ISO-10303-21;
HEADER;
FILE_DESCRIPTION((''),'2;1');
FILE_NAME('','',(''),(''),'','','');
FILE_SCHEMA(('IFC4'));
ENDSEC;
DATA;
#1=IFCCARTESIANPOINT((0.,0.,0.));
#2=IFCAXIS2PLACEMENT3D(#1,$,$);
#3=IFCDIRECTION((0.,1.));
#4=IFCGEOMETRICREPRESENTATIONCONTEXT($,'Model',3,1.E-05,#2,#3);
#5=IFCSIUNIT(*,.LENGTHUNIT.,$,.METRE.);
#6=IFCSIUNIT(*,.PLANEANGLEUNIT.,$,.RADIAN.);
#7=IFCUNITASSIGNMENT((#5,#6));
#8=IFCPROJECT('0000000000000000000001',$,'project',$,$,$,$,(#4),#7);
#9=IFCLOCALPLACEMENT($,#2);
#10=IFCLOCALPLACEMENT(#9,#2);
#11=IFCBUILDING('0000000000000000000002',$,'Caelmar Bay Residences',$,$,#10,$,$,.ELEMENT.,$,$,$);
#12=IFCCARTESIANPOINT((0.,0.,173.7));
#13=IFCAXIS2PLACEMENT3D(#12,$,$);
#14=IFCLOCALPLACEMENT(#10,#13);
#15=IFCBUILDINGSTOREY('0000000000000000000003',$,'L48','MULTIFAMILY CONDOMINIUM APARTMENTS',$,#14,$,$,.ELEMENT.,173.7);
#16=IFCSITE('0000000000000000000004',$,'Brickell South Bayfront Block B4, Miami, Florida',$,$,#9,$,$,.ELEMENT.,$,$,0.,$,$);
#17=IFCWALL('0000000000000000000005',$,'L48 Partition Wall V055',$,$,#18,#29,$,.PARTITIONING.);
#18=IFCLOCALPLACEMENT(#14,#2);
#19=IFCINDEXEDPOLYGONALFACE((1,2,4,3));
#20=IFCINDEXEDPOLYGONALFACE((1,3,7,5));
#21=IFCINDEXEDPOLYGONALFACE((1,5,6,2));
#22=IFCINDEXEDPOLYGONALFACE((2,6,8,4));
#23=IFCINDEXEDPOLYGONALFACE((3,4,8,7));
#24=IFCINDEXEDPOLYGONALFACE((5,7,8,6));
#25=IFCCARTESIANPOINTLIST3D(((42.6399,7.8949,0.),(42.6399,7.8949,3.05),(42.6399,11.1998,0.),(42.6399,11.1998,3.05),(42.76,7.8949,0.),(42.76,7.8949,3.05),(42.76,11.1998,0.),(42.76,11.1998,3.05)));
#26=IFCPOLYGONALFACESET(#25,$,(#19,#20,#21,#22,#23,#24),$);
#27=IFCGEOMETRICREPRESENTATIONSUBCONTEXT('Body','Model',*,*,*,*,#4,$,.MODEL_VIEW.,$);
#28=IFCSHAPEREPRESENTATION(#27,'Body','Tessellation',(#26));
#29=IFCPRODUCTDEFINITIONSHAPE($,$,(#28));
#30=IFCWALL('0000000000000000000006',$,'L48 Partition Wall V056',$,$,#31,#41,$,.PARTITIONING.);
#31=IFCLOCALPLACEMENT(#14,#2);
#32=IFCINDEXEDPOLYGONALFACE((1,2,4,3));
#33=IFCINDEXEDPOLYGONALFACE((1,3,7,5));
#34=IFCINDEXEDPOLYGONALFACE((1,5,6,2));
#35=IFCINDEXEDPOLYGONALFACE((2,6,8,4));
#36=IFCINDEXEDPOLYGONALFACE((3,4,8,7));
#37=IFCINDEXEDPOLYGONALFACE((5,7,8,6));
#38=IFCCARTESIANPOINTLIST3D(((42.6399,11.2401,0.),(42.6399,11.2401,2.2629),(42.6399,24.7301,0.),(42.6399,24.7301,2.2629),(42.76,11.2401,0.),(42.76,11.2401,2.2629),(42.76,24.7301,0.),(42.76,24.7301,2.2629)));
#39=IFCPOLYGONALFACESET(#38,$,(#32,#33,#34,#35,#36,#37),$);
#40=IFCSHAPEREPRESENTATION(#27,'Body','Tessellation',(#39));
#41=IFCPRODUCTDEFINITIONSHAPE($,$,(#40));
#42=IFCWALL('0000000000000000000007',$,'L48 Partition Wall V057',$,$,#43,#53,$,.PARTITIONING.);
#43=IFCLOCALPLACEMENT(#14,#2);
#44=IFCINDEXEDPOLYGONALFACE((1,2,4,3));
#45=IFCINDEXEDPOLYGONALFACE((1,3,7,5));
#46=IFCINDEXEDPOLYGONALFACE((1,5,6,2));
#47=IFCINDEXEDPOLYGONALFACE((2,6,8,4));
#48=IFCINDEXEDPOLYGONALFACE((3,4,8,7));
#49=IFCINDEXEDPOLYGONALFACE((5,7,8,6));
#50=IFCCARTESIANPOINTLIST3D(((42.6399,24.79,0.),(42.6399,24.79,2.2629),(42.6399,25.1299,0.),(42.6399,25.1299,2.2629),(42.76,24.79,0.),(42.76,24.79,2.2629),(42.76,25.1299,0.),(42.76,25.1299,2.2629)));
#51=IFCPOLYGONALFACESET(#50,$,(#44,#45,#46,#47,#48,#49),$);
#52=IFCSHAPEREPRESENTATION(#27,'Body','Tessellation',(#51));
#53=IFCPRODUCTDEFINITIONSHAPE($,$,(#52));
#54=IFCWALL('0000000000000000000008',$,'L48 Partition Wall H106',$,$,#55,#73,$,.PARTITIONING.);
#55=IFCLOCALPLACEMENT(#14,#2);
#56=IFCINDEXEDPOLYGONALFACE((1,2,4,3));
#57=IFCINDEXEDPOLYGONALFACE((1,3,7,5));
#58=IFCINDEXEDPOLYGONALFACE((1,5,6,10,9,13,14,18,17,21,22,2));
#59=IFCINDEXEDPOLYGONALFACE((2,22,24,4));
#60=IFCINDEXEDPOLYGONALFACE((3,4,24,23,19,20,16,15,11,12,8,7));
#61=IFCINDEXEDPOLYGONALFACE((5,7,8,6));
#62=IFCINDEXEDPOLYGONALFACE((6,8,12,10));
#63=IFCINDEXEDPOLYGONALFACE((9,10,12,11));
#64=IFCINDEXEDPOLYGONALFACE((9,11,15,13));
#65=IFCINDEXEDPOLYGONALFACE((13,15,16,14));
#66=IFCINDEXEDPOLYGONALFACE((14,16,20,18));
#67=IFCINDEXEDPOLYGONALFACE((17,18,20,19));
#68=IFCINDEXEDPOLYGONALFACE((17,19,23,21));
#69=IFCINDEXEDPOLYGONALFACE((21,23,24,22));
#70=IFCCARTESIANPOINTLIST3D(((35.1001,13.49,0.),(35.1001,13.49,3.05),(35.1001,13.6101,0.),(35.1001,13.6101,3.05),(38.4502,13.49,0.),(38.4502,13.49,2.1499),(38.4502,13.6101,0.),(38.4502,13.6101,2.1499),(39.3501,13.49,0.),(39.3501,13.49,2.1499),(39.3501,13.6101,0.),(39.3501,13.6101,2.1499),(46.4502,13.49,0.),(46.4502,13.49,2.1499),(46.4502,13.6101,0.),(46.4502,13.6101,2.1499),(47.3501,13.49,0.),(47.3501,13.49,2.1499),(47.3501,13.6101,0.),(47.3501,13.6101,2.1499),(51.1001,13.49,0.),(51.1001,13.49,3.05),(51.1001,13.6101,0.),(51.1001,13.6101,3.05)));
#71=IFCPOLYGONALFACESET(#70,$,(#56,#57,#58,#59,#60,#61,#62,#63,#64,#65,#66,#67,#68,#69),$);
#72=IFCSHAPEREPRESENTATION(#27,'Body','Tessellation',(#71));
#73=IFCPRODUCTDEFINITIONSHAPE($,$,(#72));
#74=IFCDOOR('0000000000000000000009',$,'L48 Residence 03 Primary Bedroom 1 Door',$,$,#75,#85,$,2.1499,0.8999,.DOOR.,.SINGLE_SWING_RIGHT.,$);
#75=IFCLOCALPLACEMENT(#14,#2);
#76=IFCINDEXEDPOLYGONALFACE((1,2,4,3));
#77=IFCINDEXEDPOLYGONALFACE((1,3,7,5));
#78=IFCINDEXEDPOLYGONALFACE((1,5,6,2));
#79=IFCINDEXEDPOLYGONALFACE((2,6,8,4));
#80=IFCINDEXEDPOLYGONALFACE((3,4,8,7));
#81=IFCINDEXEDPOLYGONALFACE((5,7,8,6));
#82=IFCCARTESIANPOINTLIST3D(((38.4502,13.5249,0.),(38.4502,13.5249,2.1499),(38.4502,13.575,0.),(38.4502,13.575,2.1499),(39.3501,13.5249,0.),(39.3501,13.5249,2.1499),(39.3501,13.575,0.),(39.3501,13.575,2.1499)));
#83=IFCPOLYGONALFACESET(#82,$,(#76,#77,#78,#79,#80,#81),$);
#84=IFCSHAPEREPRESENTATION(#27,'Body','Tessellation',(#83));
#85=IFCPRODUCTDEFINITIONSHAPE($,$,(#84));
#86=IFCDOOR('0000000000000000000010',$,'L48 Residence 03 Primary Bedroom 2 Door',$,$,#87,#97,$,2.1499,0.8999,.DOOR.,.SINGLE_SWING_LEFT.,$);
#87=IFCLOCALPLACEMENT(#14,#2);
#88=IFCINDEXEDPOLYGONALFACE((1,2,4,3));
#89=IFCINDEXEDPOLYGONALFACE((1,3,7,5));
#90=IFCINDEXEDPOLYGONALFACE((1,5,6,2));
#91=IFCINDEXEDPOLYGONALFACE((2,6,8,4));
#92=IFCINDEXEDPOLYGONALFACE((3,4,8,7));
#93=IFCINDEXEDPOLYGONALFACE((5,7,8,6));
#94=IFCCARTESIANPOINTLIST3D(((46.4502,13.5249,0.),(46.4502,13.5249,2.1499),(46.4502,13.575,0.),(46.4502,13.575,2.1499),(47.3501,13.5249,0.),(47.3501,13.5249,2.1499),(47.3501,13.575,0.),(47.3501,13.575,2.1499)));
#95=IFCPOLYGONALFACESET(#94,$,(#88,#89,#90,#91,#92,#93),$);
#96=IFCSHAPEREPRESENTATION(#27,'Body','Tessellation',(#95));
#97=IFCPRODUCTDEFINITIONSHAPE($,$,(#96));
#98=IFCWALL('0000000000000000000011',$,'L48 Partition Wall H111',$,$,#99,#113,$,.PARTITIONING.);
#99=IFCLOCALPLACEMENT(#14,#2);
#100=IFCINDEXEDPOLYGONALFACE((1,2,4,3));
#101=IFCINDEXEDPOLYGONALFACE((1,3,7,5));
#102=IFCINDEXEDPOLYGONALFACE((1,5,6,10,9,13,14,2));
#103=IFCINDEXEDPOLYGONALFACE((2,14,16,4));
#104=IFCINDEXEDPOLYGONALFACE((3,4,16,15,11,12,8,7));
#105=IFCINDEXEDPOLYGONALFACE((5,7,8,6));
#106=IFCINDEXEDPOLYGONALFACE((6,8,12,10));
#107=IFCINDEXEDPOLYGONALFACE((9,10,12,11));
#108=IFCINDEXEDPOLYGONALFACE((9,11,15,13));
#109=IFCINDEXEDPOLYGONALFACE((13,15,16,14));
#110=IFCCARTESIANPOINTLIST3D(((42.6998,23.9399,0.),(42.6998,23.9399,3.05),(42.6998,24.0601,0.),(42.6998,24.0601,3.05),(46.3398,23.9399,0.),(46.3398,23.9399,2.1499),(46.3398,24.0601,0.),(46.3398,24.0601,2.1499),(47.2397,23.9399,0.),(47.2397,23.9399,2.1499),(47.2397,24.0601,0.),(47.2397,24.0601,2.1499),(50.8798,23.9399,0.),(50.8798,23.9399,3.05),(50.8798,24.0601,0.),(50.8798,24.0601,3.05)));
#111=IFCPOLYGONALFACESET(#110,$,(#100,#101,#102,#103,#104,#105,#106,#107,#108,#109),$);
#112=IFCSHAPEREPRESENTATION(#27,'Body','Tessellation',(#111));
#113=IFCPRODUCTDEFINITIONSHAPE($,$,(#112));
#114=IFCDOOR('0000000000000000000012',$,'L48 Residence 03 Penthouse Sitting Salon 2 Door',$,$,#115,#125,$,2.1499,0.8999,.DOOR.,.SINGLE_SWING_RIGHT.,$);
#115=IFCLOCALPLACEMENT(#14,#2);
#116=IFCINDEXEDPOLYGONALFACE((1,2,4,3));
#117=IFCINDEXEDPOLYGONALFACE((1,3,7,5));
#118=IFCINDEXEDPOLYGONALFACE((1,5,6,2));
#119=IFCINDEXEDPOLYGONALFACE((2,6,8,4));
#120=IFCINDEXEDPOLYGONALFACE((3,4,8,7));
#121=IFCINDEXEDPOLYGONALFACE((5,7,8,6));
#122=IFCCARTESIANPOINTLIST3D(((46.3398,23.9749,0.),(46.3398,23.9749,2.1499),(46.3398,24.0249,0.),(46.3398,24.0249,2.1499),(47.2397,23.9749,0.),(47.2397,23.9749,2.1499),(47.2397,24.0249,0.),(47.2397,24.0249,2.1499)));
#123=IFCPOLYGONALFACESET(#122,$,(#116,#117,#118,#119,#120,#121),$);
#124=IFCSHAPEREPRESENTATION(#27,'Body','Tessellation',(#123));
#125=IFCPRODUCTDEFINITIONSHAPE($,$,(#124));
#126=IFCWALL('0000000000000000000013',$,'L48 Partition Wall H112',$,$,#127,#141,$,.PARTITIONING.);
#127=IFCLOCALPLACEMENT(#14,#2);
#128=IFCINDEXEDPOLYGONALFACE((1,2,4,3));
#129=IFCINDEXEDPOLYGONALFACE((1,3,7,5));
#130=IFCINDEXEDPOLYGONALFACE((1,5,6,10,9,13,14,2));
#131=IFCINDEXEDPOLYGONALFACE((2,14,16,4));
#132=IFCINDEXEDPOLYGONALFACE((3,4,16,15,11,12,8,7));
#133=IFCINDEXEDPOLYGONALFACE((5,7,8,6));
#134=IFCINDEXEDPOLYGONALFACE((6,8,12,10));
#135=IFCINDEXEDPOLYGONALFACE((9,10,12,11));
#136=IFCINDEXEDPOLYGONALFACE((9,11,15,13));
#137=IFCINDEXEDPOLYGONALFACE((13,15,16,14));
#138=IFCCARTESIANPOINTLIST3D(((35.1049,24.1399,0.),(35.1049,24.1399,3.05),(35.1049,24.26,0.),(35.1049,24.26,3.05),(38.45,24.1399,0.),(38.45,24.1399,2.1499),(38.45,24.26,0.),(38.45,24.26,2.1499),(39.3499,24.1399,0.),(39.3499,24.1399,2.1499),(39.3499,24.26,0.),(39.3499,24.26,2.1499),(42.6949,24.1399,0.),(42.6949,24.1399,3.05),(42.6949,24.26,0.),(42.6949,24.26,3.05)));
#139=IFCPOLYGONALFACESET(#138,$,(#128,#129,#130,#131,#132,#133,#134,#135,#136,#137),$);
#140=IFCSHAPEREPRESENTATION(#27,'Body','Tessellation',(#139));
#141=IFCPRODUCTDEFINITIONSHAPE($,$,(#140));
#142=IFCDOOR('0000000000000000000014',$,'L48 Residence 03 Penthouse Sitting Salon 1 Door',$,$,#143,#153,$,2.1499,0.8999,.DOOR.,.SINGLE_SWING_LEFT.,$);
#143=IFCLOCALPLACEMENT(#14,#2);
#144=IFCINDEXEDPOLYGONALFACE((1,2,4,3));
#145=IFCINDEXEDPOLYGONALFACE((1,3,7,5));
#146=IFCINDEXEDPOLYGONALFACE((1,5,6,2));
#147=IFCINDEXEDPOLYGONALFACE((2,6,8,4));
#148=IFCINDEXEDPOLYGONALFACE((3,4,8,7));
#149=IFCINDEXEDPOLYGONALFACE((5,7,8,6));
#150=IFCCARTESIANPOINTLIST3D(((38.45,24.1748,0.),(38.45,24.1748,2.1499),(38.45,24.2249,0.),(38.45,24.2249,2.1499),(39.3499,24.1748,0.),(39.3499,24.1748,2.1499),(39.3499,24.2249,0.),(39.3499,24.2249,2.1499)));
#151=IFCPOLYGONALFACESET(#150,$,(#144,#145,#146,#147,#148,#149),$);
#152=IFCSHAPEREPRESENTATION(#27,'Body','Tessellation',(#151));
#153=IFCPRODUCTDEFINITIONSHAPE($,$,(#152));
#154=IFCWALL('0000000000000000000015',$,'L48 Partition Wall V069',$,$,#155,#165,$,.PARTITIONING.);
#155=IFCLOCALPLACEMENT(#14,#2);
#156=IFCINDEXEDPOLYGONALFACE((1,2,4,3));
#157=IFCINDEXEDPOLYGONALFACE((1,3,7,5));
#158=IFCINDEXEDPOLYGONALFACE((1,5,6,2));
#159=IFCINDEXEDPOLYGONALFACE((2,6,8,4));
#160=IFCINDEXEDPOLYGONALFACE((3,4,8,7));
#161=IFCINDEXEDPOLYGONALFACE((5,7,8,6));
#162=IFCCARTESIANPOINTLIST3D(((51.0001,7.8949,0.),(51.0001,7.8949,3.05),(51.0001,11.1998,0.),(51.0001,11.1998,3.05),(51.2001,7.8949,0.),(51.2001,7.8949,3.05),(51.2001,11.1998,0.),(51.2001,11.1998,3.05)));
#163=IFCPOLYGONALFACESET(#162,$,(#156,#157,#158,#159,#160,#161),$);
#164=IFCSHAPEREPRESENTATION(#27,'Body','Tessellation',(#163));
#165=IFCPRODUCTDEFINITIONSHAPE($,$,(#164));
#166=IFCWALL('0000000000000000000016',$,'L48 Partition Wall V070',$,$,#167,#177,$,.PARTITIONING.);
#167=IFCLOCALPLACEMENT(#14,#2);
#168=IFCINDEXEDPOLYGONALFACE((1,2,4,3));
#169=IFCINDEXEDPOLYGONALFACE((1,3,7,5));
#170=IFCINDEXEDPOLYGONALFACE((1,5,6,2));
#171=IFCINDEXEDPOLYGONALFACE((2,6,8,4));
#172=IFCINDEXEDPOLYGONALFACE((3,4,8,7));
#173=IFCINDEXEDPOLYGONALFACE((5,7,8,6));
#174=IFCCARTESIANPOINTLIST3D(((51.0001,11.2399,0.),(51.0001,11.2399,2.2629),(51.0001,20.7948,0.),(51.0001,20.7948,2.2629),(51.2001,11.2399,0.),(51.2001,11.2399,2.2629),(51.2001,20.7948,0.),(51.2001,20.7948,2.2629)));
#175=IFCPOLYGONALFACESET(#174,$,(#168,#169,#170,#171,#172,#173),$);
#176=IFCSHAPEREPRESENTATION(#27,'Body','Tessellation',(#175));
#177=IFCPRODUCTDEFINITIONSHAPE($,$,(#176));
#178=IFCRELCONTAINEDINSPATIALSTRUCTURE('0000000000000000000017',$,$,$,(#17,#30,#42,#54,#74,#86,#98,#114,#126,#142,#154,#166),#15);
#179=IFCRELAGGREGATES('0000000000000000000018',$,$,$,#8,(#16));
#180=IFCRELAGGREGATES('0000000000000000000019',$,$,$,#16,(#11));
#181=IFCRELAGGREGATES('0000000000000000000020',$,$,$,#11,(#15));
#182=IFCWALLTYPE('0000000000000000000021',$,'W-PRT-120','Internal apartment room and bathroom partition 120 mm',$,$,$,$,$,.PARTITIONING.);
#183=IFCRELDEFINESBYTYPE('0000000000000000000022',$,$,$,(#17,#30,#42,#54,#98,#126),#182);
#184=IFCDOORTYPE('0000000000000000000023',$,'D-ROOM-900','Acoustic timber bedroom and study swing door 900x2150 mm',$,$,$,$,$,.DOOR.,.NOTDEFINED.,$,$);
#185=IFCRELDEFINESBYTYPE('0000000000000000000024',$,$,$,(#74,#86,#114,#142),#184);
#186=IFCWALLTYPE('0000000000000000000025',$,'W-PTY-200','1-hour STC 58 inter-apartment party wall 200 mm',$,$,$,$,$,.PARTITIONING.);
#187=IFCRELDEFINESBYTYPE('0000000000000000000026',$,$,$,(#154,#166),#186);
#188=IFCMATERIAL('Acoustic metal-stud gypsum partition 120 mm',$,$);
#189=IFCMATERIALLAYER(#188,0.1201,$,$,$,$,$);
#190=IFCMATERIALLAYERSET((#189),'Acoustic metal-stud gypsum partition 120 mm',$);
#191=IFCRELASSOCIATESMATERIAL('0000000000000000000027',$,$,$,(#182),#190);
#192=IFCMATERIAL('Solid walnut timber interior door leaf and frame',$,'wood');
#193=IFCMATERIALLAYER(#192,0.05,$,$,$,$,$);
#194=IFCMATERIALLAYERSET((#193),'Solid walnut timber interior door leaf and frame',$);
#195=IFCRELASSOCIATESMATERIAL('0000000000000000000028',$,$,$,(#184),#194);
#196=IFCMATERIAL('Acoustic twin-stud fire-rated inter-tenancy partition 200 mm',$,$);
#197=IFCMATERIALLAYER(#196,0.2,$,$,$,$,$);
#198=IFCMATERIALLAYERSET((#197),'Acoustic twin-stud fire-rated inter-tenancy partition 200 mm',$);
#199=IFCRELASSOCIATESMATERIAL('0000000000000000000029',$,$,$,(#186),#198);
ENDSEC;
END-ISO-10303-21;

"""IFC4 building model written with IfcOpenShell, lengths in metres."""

from ifc_helpers import new_model, si_unit, direction, frame, frame_2d, origin, place, context, subcontext, project, spatial, rectangle, extrude, material, layer, layer_set, type_object, element, fill, save


model = new_model("IFC4")

# Units and contexts
model_context = context("Model", 3, precision=1e-05, world=origin(), true_north=direction((0.0, 1.0)))
body_context = subcontext(model_context, "Body", "Model", "MODEL_VIEW")
ifc_project = project(units=[si_unit("LENGTHUNIT", "METRE"), si_unit("PLANEANGLEUNIT", "RADIAN")], contexts=[model_context])

# Site, building, storey
site_placement = place(None, origin())
site = spatial("IfcSite", under=ifc_project, at=site_placement, Name="Brickell South Bayfront Block B4, Miami, Florida", CompositionType="ELEMENT", RefElevation=0.0)
building_placement = place(site_placement, origin())
building = spatial("IfcBuilding", under=site, at=building_placement, Name="Caelmar Bay Residences", CompositionType="ELEMENT")
storey_placement = place(building_placement, frame((0.0, 0.0, 173.7)))
storey = spatial("IfcBuildingStorey", under=building, at=storey_placement, Name="L48", Description="MULTIFAMILY CONDOMINIUM APARTMENTS", CompositionType="ELEMENT", Elevation=173.7)

# Walls
ifc_material_1 = material(Name="Acoustic metal-stud gypsum partition 120 mm")
ifc_layer_1 = layer(ifc_material_1, 0.1201)
ifc_layer_set_1 = layer_set([ifc_layer_1], Name="Acoustic metal-stud gypsum partition 120 mm")
wall_type_1 = type_object("IfcWallType", Name="W-PRT-120", Description="Internal apartment room and bathroom partition 120 mm", PredefinedType="PARTITIONING", material=ifc_layer_set_1)
wall_1_placement = place(storey_placement, frame((42.7, 7.895, 0.0), z_axis=(0.0, 0.0, 1.0), x_axis=(0.0, 1.0, 0.0)))
element("IfcWall", 1, at=wall_1_placement, inside=storey, type_object=wall_type_1, Name="L48 Partition Wall V055", PredefinedType="PARTITIONING", context=body_context, shape_type="SweptSolid", body=[
    extrude(rectangle(XDim=3.3049, YDim=0.1201, at=frame_2d((1.6523, 0.0))), origin(), (0.0, 0.0, 1.0), 3.05),
])
wall_2_placement = place(storey_placement, frame((42.7, 11.24, 0.0), z_axis=(0.0, 0.0, 1.0), x_axis=(0.0, 1.0, 0.0)))
element("IfcWall", 2, at=wall_2_placement, inside=storey, type_object=wall_type_1, Name="L48 Partition Wall V056", PredefinedType="PARTITIONING", context=body_context, shape_type="SweptSolid", body=[
    extrude(rectangle(XDim=13.49, YDim=0.1201, at=frame_2d((6.7451, 0.0))), origin(), (0.0, 0.0, 1.0), 2.2629),
])
wall_3_placement = place(storey_placement, frame((42.7, 24.79, 0.0), z_axis=(0.0, 0.0, 1.0), x_axis=(0.0, 1.0, 0.0)))
element("IfcWall", 3, at=wall_3_placement, inside=storey, type_object=wall_type_1, Name="L48 Partition Wall V057", PredefinedType="PARTITIONING", context=body_context, shape_type="SweptSolid", body=[
    extrude(rectangle(XDim=0.3398, YDim=0.1201, at=frame_2d((0.1699, 0.0))), origin(), (0.0, 0.0, 1.0), 2.2629),
])

# Wall, openings, doors
wall_4_placement = place(storey_placement, frame((35.1001, 13.55, 0.0), z_axis=(0.0, 0.0, 1.0), x_axis=(1.0, 0.0, 0.0)))
wall_4 = element("IfcWall", 4, at=wall_4_placement, inside=storey, type_object=wall_type_1, Name="L48 Partition Wall H106", PredefinedType="PARTITIONING", context=body_context, shape_type="SweptSolid", body=[
    extrude(rectangle(XDim=16.0, YDim=0.1201, at=frame_2d((8.0, 0.0))), origin(), (0.0, 0.0, 1.0), 3.05),
])
opening_1_placement = place(wall_4_placement, frame((3.3501, 0.0, 0.0)))
opening_1 = element("IfcOpeningElement", 5, at=opening_1_placement, cuts=wall_4, PredefinedType="OPENING", context=body_context, shape_type="SweptSolid", body=[
    extrude(rectangle(XDim=0.8999, YDim=2.1499, at=frame_2d((0.45, 1.075))), frame((0.0, 0.0701, 0.0), z_axis=(0.0, -1.0, 0.0), x_axis=(1.0, 0.0, 0.0)), (0.0, 0.0, 1.0), 0.1401),
])
opening_2_placement = place(wall_4_placement, frame((11.3501, 0.0, 0.0)))
opening_2 = element("IfcOpeningElement", 6, at=opening_2_placement, cuts=wall_4, PredefinedType="OPENING", context=body_context, shape_type="SweptSolid", body=[
    extrude(rectangle(XDim=0.8999, YDim=2.1499, at=frame_2d((0.45, 1.075))), frame((0.0, 0.0701, 0.0), z_axis=(0.0, -1.0, 0.0), x_axis=(1.0, 0.0, 0.0)), (0.0, 0.0, 1.0), 0.1401),
])
ifc_material_2 = material(Name="Solid walnut timber interior door leaf and frame", Category="wood")
ifc_layer_2 = layer(ifc_material_2, 0.05)
ifc_layer_set_2 = layer_set([ifc_layer_2], Name="Solid walnut timber interior door leaf and frame")
door_type = type_object("IfcDoorType", Name="D-ROOM-900", Description="Acoustic timber bedroom and study swing door 900x2150 mm", OperationType="NOTDEFINED", PredefinedType="DOOR", material=ifc_layer_set_2)
door_1_placement = place(opening_1_placement, origin())
door_1 = element("IfcDoor", 7, at=door_1_placement, inside=storey, type_object=door_type, Name="L48 Residence 03 Primary Bedroom 1 Door", OperationType="SINGLE_SWING_RIGHT", OverallHeight=2.1499, OverallWidth=0.8999, PredefinedType="DOOR", context=body_context, shape_type="SweptSolid", body=[
    extrude(rectangle(XDim=0.8999, YDim=2.1499, at=frame_2d((0.45, 1.075))), frame((0.0, 0.0249, 0.0), z_axis=(0.0, -1.0, 0.0), x_axis=(1.0, 0.0, 0.0)), (0.0, 0.0, 1.0), 0.05),
])
fill(opening_1, door_1)
door_2_placement = place(opening_2_placement, origin())
door_2 = element("IfcDoor", 8, at=door_2_placement, inside=storey, type_object=door_type, Name="L48 Residence 03 Primary Bedroom 2 Door", OperationType="SINGLE_SWING_LEFT", OverallHeight=2.1499, OverallWidth=0.8999, PredefinedType="DOOR", context=body_context, shape_type="SweptSolid", body=[
    extrude(rectangle(XDim=0.8999, YDim=2.1499, at=frame_2d((0.45, 1.075))), frame((0.0, 0.0249, 0.0), z_axis=(0.0, -1.0, 0.0), x_axis=(1.0, 0.0, 0.0)), (0.0, 0.0, 1.0), 0.05),
])
fill(opening_2, door_2)

# Walls, openings, doors
wall_5_placement = place(storey_placement, frame((42.7, 24.0, 0.0), z_axis=(0.0, 0.0, 1.0), x_axis=(1.0, 0.0, 0.0)))
wall_5 = element("IfcWall", 9, at=wall_5_placement, inside=storey, type_object=wall_type_1, Name="L48 Partition Wall H111", PredefinedType="PARTITIONING", context=body_context, shape_type="SweptSolid", body=[
    extrude(rectangle(XDim=8.1799, YDim=0.1201, at=frame_2d((4.0898, 0.0))), origin(), (0.0, 0.0, 1.0), 3.05),
])
opening_3_placement = place(wall_5_placement, frame((3.6399, 0.0, 0.0)))
opening_3 = element("IfcOpeningElement", 10, at=opening_3_placement, cuts=wall_5, PredefinedType="OPENING", context=body_context, shape_type="SweptSolid", body=[
    extrude(rectangle(XDim=0.8999, YDim=2.1499, at=frame_2d((0.45, 1.075))), frame((0.0, 0.0701, 0.0), z_axis=(0.0, -1.0, 0.0), x_axis=(1.0, 0.0, 0.0)), (0.0, 0.0, 1.0), 0.1401),
])
door_3_placement = place(opening_3_placement, origin())
door_3 = element("IfcDoor", 11, at=door_3_placement, inside=storey, type_object=door_type, Name="L48 Residence 03 Penthouse Sitting Salon 2 Door", OperationType="SINGLE_SWING_RIGHT", OverallHeight=2.1499, OverallWidth=0.8999, PredefinedType="DOOR", context=body_context, shape_type="SweptSolid", body=[
    extrude(rectangle(XDim=0.8999, YDim=2.1499, at=frame_2d((0.45, 1.075))), frame((0.0, 0.0249, 0.0), z_axis=(0.0, -1.0, 0.0), x_axis=(1.0, 0.0, 0.0)), (0.0, 0.0, 1.0), 0.05),
])
fill(opening_3, door_3)
wall_6_placement = place(storey_placement, frame((35.105, 24.2, 0.0), z_axis=(0.0, 0.0, 1.0), x_axis=(1.0, 0.0, 0.0)))
wall_6 = element("IfcWall", 12, at=wall_6_placement, inside=storey, type_object=wall_type_1, Name="L48 Partition Wall H112", PredefinedType="PARTITIONING", context=body_context, shape_type="SweptSolid", body=[
    extrude(rectangle(XDim=7.5901, YDim=0.1201, at=frame_2d((3.7949, 0.0))), origin(), (0.0, 0.0, 1.0), 3.05),
])
opening_4_placement = place(wall_6_placement, frame((3.345, 0.0, 0.0)))
opening_4 = element("IfcOpeningElement", 13, at=opening_4_placement, cuts=wall_6, PredefinedType="OPENING", context=body_context, shape_type="SweptSolid", body=[
    extrude(rectangle(XDim=0.8999, YDim=2.1499, at=frame_2d((0.45, 1.075))), frame((0.0, 0.0701, 0.0), z_axis=(0.0, -1.0, 0.0), x_axis=(1.0, 0.0, 0.0)), (0.0, 0.0, 1.0), 0.1401),
])
door_4_placement = place(opening_4_placement, origin())
door_4 = element("IfcDoor", 14, at=door_4_placement, inside=storey, type_object=door_type, Name="L48 Residence 03 Penthouse Sitting Salon 1 Door", OperationType="SINGLE_SWING_LEFT", OverallHeight=2.1499, OverallWidth=0.8999, PredefinedType="DOOR", context=body_context, shape_type="SweptSolid", body=[
    extrude(rectangle(XDim=0.8999, YDim=2.1499, at=frame_2d((0.45, 1.075))), frame((0.0, 0.0249, 0.0), z_axis=(0.0, -1.0, 0.0), x_axis=(1.0, 0.0, 0.0)), (0.0, 0.0, 1.0), 0.05),
])
fill(opening_4, door_4)

# Walls
ifc_material_3 = material(Name="Acoustic twin-stud fire-rated inter-tenancy partition 200 mm")
ifc_layer_3 = layer(ifc_material_3, 0.2)
ifc_layer_set_3 = layer_set([ifc_layer_3], Name="Acoustic twin-stud fire-rated inter-tenancy partition 200 mm")
wall_type_2 = type_object("IfcWallType", Name="W-PTY-200", Description="1-hour STC 58 inter-apartment party wall 200 mm", PredefinedType="PARTITIONING", material=ifc_layer_set_3)
wall_7_placement = place(storey_placement, frame((51.1001, 7.895, 0.0), z_axis=(0.0, 0.0, 1.0), x_axis=(0.0, 1.0, 0.0)))
element("IfcWall", 15, at=wall_7_placement, inside=storey, type_object=wall_type_2, Name="L48 Partition Wall V069", PredefinedType="PARTITIONING", context=body_context, shape_type="SweptSolid", body=[
    extrude(rectangle(XDim=3.3049, YDim=0.2, at=frame_2d((1.6523, 0.0))), origin(), (0.0, 0.0, 1.0), 3.05),
])
wall_8_placement = place(storey_placement, frame((51.1001, 11.24, 0.0), z_axis=(0.0, 0.0, 1.0), x_axis=(0.0, 1.0, 0.0)))
element("IfcWall", 16, at=wall_8_placement, inside=storey, type_object=wall_type_2, Name="L48 Partition Wall V070", PredefinedType="PARTITIONING", context=body_context, shape_type="SweptSolid", body=[
    extrude(rectangle(XDim=9.5549, YDim=0.2, at=frame_2d((4.7773, 0.0))), origin(), (0.0, 0.0, 1.0), 2.2629),
])

save(model, "model.ifc")
